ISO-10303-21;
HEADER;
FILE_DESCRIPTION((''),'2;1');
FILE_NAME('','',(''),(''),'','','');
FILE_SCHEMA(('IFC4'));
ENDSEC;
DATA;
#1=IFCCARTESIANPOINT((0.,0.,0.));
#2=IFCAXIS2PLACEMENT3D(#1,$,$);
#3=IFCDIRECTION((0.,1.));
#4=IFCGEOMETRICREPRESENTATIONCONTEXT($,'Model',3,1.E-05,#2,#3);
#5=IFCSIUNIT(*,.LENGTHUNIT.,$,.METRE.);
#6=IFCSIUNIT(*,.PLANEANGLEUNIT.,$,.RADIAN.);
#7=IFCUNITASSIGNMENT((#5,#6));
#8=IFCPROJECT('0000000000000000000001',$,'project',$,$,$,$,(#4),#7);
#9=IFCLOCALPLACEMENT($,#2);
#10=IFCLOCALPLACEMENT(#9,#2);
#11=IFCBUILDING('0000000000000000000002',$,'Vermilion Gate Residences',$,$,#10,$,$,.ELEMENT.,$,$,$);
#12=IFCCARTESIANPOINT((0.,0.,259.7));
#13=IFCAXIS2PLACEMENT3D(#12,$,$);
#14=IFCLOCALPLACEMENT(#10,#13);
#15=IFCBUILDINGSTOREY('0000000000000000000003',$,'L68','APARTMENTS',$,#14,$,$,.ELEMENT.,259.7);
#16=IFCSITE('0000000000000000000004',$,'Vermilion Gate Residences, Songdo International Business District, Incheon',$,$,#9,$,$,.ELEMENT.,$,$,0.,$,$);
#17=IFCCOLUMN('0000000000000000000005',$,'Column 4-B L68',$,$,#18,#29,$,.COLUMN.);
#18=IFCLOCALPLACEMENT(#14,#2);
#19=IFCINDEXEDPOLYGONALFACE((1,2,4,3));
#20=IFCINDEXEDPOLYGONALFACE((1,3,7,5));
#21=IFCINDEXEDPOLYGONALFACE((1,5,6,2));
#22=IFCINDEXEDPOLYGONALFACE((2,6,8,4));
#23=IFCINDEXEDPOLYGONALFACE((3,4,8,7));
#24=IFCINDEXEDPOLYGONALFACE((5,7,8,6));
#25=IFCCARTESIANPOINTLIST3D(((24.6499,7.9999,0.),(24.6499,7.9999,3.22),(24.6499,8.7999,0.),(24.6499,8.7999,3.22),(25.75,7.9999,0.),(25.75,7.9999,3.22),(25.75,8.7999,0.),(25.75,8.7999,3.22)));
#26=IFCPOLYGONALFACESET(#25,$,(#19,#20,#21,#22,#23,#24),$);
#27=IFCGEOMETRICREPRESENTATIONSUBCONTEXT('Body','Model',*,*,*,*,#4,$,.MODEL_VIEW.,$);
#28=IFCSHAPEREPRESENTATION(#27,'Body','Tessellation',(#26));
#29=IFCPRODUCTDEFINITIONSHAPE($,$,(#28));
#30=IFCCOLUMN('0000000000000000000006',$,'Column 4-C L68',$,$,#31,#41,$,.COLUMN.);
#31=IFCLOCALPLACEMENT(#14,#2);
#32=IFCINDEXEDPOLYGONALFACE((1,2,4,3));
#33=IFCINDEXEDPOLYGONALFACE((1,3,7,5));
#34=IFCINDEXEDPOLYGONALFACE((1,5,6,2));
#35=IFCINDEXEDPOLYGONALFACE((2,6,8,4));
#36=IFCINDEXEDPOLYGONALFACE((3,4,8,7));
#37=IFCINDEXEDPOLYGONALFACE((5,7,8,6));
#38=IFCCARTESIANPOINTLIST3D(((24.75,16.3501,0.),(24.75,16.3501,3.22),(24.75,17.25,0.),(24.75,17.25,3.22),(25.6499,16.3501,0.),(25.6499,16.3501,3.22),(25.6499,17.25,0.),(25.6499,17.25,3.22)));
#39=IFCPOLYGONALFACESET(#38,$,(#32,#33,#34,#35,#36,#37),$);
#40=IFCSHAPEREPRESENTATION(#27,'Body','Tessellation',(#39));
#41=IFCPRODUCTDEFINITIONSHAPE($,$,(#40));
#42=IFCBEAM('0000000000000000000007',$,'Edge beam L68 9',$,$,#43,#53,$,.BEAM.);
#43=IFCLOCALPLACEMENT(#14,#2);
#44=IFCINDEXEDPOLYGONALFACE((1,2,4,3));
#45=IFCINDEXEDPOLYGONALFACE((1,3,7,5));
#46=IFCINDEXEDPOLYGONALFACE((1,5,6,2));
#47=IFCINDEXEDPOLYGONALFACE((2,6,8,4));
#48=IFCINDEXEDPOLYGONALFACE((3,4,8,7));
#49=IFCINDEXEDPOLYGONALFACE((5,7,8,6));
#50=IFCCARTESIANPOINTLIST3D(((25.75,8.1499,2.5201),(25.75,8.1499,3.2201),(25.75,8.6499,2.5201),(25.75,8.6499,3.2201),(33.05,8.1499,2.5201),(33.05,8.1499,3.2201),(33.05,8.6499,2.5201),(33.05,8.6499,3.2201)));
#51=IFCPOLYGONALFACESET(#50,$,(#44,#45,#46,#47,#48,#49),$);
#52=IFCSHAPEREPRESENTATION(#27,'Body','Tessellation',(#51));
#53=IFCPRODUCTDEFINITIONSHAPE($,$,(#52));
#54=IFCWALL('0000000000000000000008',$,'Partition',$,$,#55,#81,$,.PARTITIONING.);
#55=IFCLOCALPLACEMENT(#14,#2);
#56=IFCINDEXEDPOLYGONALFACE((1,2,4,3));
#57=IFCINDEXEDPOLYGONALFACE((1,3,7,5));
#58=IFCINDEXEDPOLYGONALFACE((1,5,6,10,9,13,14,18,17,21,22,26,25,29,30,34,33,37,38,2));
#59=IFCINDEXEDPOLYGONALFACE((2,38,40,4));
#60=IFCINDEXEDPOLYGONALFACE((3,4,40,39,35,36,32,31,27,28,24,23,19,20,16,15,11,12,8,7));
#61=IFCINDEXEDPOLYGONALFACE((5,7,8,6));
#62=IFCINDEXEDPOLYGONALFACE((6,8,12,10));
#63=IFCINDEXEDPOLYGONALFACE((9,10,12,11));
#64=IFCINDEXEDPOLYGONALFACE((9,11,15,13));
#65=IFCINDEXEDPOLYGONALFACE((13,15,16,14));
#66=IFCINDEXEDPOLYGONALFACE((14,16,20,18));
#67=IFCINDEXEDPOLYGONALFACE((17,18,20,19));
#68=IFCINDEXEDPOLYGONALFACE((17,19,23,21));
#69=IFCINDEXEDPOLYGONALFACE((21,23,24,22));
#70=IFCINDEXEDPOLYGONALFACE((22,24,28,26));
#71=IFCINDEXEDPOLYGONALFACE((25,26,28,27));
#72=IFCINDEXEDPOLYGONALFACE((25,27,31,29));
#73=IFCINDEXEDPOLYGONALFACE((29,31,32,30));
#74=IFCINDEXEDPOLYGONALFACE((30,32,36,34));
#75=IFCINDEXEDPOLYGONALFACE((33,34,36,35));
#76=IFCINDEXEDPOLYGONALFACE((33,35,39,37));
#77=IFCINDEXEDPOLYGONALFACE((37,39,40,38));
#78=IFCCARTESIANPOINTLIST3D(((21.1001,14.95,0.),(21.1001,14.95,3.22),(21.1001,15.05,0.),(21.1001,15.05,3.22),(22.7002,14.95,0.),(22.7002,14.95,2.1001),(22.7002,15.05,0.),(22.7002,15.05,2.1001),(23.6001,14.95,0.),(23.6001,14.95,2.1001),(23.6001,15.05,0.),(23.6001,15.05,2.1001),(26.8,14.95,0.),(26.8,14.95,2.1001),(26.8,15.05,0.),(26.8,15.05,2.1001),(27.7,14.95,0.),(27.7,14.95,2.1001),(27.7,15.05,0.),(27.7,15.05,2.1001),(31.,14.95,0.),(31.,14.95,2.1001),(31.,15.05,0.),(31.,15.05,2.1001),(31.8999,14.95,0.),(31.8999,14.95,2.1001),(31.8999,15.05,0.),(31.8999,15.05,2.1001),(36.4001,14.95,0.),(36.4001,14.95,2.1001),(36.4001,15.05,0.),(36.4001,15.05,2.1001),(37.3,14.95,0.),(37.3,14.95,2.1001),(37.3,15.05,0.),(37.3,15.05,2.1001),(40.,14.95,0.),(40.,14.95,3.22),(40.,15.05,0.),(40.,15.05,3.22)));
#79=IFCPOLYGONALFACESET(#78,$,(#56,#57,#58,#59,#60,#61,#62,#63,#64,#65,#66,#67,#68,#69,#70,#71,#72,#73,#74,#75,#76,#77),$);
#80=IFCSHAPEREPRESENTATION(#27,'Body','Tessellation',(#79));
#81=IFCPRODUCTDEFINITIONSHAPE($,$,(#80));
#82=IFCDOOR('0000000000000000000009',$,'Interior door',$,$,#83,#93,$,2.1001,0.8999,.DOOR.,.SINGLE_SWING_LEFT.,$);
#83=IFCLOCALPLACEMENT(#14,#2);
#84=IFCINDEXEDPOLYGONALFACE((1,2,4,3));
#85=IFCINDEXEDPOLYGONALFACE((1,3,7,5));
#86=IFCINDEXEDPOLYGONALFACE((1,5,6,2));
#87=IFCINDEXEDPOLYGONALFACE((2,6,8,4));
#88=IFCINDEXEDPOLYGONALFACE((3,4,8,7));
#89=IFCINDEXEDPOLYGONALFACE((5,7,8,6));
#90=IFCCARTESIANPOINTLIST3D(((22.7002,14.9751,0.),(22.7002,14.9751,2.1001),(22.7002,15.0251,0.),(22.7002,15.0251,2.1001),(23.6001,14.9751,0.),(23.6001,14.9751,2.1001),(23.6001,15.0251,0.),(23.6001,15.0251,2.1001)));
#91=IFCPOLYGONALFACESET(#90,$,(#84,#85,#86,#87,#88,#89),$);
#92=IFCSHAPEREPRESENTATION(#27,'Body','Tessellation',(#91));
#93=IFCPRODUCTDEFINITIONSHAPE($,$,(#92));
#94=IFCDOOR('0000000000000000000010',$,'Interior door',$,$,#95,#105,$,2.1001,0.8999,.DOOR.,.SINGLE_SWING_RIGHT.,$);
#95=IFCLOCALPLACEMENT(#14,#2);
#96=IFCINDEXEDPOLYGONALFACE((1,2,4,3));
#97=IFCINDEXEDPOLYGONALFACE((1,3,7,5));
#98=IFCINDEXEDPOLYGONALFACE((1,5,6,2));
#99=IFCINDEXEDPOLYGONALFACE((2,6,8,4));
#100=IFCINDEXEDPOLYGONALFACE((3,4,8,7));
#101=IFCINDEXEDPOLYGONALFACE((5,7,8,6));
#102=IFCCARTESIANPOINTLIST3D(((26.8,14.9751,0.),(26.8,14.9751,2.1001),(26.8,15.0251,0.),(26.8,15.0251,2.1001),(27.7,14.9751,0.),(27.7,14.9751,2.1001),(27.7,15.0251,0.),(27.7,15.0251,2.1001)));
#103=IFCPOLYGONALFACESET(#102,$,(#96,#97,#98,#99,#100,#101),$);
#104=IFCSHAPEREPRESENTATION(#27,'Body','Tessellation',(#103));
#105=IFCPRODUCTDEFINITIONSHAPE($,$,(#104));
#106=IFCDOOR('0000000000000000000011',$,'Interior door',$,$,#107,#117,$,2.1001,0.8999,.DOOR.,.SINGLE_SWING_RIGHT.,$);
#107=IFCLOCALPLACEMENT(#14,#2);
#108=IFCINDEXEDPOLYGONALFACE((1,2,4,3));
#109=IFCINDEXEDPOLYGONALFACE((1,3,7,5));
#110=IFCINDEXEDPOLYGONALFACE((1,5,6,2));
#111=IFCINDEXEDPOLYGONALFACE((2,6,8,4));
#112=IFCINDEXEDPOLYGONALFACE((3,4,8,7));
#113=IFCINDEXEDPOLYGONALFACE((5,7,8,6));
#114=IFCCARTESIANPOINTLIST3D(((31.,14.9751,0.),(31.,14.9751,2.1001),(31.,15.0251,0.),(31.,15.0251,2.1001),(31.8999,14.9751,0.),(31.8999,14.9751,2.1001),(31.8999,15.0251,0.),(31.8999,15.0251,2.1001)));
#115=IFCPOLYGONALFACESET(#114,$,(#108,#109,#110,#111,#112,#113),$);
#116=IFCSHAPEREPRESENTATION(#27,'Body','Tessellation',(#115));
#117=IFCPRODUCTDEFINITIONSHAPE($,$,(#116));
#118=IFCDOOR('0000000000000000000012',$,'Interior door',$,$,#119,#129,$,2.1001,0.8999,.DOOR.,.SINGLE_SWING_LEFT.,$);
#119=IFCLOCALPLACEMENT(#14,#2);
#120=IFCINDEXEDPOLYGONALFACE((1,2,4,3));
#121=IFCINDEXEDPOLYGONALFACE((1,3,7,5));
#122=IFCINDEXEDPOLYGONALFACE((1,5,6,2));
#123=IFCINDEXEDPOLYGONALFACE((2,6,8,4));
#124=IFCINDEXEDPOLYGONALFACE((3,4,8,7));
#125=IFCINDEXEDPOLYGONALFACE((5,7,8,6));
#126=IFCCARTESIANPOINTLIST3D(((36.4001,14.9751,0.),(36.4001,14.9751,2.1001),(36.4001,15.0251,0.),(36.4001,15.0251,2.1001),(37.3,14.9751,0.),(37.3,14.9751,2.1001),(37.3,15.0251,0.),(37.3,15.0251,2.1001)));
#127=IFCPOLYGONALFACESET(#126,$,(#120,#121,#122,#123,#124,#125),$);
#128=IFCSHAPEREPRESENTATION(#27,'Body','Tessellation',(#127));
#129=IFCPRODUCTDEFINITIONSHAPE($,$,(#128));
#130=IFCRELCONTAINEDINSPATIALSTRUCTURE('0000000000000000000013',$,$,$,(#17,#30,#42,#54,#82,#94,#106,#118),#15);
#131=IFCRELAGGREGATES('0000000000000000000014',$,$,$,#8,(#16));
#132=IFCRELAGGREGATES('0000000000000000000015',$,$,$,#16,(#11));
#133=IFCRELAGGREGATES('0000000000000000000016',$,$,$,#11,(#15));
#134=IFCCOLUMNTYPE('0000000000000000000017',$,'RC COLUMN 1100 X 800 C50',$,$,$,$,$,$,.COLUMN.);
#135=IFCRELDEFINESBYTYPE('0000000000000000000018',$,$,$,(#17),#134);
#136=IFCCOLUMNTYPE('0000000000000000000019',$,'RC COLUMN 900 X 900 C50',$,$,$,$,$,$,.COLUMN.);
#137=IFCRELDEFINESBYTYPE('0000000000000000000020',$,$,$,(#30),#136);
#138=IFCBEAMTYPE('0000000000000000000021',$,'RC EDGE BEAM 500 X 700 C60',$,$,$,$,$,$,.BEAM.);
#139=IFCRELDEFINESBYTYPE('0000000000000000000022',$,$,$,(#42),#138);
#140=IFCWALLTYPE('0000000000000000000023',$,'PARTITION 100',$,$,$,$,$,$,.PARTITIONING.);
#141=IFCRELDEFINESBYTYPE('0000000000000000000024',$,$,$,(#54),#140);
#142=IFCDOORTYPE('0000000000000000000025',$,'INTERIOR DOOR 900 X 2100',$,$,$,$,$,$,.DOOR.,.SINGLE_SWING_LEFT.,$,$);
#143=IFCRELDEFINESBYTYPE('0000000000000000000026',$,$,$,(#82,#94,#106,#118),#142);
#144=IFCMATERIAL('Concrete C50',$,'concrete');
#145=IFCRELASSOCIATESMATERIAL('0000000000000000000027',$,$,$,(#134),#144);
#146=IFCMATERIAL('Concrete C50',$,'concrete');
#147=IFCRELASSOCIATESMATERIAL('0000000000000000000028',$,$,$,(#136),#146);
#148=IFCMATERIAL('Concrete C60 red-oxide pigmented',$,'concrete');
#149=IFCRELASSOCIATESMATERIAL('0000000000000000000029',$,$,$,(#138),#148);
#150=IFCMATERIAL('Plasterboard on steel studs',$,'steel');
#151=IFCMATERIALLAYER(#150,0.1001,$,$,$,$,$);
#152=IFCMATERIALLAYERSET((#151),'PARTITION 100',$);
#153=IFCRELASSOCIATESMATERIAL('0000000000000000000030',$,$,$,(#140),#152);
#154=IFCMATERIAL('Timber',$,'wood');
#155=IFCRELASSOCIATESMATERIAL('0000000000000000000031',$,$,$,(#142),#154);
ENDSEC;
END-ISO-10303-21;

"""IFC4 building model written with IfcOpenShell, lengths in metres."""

from ifc_helpers import new_model, si_unit, direction, frame, frame_2d, origin, origin_2d, place, context, subcontext, project, spatial, rectangle, extrude, material, layer, layer_set, material_profile, profile_set, type_object, element, fill, save


model = new_model("IFC4")

# Units and contexts
model_context = context("Model", 3, precision=1e-05, world=origin(), true_north=direction((0.0, 1.0)))
body_context = subcontext(model_context, "Body", "Model", "MODEL_VIEW")
ifc_project = project(units=[si_unit("LENGTHUNIT", "METRE"), si_unit("PLANEANGLEUNIT", "RADIAN")], contexts=[model_context])

# Site, building, storey
site_placement = place(None, origin())
site = spatial("IfcSite", under=ifc_project, at=site_placement, Name="Vermilion Gate Residences, Songdo International Business District, Incheon", CompositionType="ELEMENT", RefElevation=0.0)
building_placement = place(site_placement, origin())
building = spatial("IfcBuilding", under=site, at=building_placement, Name="Vermilion Gate Residences", CompositionType="ELEMENT")
storey_placement = place(building_placement, frame((0.0, 0.0, 259.7)))
storey = spatial("IfcBuildingStorey", under=building, at=storey_placement, Name="L68", Description="APARTMENTS", CompositionType="ELEMENT", Elevation=259.7)

# Columns
ifc_material_1 = material(Name="Concrete C50", Category="concrete")
ifc_material_profile_1 = material_profile(ifc_material_1, rectangle(XDim=1.1001, YDim=0.8, at=origin_2d()), Name="RC-1100x800")
ifc_profile_set_1 = profile_set([ifc_material_profile_1], Name="Concrete C50")
column_type_1 = type_object("IfcColumnType", Name="RC COLUMN 1100 X 800 C50", PredefinedType="COLUMN", material=ifc_profile_set_1)
column_1_placement = place(storey_placement, frame((25.2, 8.3999, 0.0), z_axis=(0.0, 0.0, 1.0), x_axis=(1.0, 0.0, 0.0)))
element("IfcColumn", 1, at=column_1_placement, inside=storey, type_object=column_type_1, Name="Column 4-B L68", PredefinedType="COLUMN", context=body_context, shape_type="SweptSolid", body=[
    extrude(rectangle(XDim=1.1001, YDim=0.8, at=origin_2d()), origin(), (0.0, 0.0, 1.0), 3.22),
])
ifc_material_2 = material(Name="Concrete C50", Category="concrete")
ifc_material_profile_2 = material_profile(ifc_material_2, rectangle(XDim=0.8999, YDim=0.8999, at=origin_2d()), Name="RC-900x900")
ifc_profile_set_2 = profile_set([ifc_material_profile_2], Name="Concrete C50")
column_type_2 = type_object("IfcColumnType", Name="RC COLUMN 900 X 900 C50", PredefinedType="COLUMN", material=ifc_profile_set_2)
column_2_placement = place(storey_placement, frame((25.2, 16.8, 0.0), z_axis=(0.0, 0.0, 1.0), x_axis=(1.0, 0.0, 0.0)))
element("IfcColumn", 2, at=column_2_placement, inside=storey, type_object=column_type_2, Name="Column 4-C L68", PredefinedType="COLUMN", context=body_context, shape_type="SweptSolid", body=[
    extrude(rectangle(XDim=0.8999, YDim=0.8999, at=origin_2d()), origin(), (0.0, 0.0, 1.0), 3.22),
])

# Beam
ifc_material_3 = material(Name="Concrete C60 red-oxide pigmented", Category="concrete")
ifc_material_profile_3 = material_profile(ifc_material_3, rectangle(XDim=0.5, YDim=0.7, at=origin_2d()), Name="RC-500x700")
ifc_profile_set_3 = profile_set([ifc_material_profile_3], Name="Concrete C60 red-oxide pigmented")
beam_type = type_object("IfcBeamType", Name="RC EDGE BEAM 500 X 700 C60", PredefinedType="BEAM", material=ifc_profile_set_3)
beam_placement = place(storey_placement, frame((25.75, 8.3999, 2.8701), z_axis=(1.0, 0.0, 0.0), x_axis=(0.0, 1.0, 0.0)))
element("IfcBeam", 3, at=beam_placement, inside=storey, type_object=beam_type, Name="Edge beam L68 9", PredefinedType="BEAM", context=body_context, shape_type="SweptSolid", body=[
    extrude(rectangle(XDim=0.5, YDim=0.7, at=origin_2d()), origin(), (0.0, 0.0, 1.0), 7.3),
])

# Wall, openings, doors
ifc_material_4 = material(Name="Plasterboard on steel studs", Category="steel")
ifc_layer_1 = layer(ifc_material_4, 0.1001)
ifc_layer_set_1 = layer_set([ifc_layer_1], Name="PARTITION 100")
wall_type_1 = type_object("IfcWallType", Name="PARTITION 100", PredefinedType="PARTITIONING", material=ifc_layer_set_1)
wall_1_placement = place(storey_placement, frame((21.1001, 15.0, 0.0), z_axis=(0.0, 0.0, 1.0), x_axis=(1.0, 0.0, 0.0)))
wall_1 = element("IfcWall", 4, at=wall_1_placement, inside=storey, type_object=wall_type_1, Name="Partition", PredefinedType="PARTITIONING", context=body_context, shape_type="SweptSolid", body=[
    extrude(rectangle(XDim=18.8999, YDim=0.1001, at=frame_2d((9.45, 0.0))), origin(), (0.0, 0.0, 1.0), 3.22),
])
opening_1_placement = place(wall_1_placement, frame((1.6001, 0.0, 0.0)))
opening_1 = element("IfcOpeningElement", 5, at=opening_1_placement, cuts=wall_1, PredefinedType="OPENING", context=body_context, shape_type="SweptSolid", body=[
    extrude(rectangle(XDim=0.8999, YDim=2.1001, at=frame_2d((0.45, 1.05))), frame((0.0, 0.0601, 0.0), z_axis=(0.0, -1.0, 0.0), x_axis=(1.0, 0.0, 0.0)), (0.0, 0.0, 1.0), 0.1201),
])
opening_2_placement = place(wall_1_placement, frame((5.7, 0.0, 0.0)))
opening_2 = element("IfcOpeningElement", 6, at=opening_2_placement, cuts=wall_1, PredefinedType="OPENING", context=body_context, shape_type="SweptSolid", body=[
    extrude(rectangle(XDim=0.8999, YDim=2.1001, at=frame_2d((0.45, 1.05))), frame((0.0, 0.0601, 0.0), z_axis=(0.0, -1.0, 0.0), x_axis=(1.0, 0.0, 0.0)), (0.0, 0.0, 1.0), 0.1201),
])
opening_3_placement = place(wall_1_placement, frame((9.8999, 0.0, 0.0)))
opening_3 = element("IfcOpeningElement", 7, at=opening_3_placement, cuts=wall_1, PredefinedType="OPENING", context=body_context, shape_type="SweptSolid", body=[
    extrude(rectangle(XDim=0.8999, YDim=2.1001, at=frame_2d((0.45, 1.05))), frame((0.0, 0.0601, 0.0), z_axis=(0.0, -1.0, 0.0), x_axis=(1.0, 0.0, 0.0)), (0.0, 0.0, 1.0), 0.1201),
])
opening_4_placement = place(wall_1_placement, frame((15.3, 0.0, 0.0)))
opening_4 = element("IfcOpeningElement", 8, at=opening_4_placement, cuts=wall_1, PredefinedType="OPENING", context=body_context, shape_type="SweptSolid", body=[
    extrude(rectangle(XDim=0.8999, YDim=2.1001, at=frame_2d((0.45, 1.05))), frame((0.0, 0.0601, 0.0), z_axis=(0.0, -1.0, 0.0), x_axis=(1.0, 0.0, 0.0)), (0.0, 0.0, 1.0), 0.1201),
])
ifc_material_5 = material(Name="Timber", Category="wood")
door_type_1 = type_object("IfcDoorType", Name="INTERIOR DOOR 900 X 2100", OperationType="SINGLE_SWING_LEFT", PredefinedType="DOOR", material=ifc_material_5)
door_1_placement = place(opening_1_placement, frame((0.8999, 0.0, 0.0), z_axis=(0.0, 0.0, 1.0), x_axis=(-1.0, 0.0, 0.0)))
door_1 = element("IfcDoor", 9, at=door_1_placement, inside=storey, type_object=door_type_1, Name="Interior door", OperationType="SINGLE_SWING_LEFT", OverallHeight=2.1001, OverallWidth=0.8999, PredefinedType="DOOR", context=body_context, shape_type="SweptSolid", body=[
    extrude(rectangle(XDim=0.8999, YDim=2.1001, at=frame_2d((0.45, 1.05))), frame((0.0, 0.0249, 0.0), z_axis=(0.0, -1.0, 0.0), x_axis=(1.0, 0.0, 0.0)), (0.0, 0.0, 1.0), 0.05),
])
fill(opening_1, door_1)
door_2_placement = place(opening_2_placement, frame((0.8999, 0.0, 0.0), z_axis=(0.0, 0.0, 1.0), x_axis=(-1.0, 0.0, 0.0)))
door_2 = element("IfcDoor", 10, at=door_2_placement, inside=storey, type_object=door_type_1, Name="Interior door", OperationType="SINGLE_SWING_RIGHT", OverallHeight=2.1001, OverallWidth=0.8999, PredefinedType="DOOR", context=body_context, shape_type="SweptSolid", body=[
    extrude(rectangle(XDim=0.8999, YDim=2.1001, at=frame_2d((0.45, 1.05))), frame((0.0, 0.0249, 0.0), z_axis=(0.0, -1.0, 0.0), x_axis=(1.0, 0.0, 0.0)), (0.0, 0.0, 1.0), 0.05),
])
fill(opening_2, door_2)
door_3_placement = place(opening_3_placement, frame((0.8999, 0.0, 0.0), z_axis=(0.0, 0.0, 1.0), x_axis=(-1.0, 0.0, 0.0)))
door_3 = element("IfcDoor", 11, at=door_3_placement, inside=storey, type_object=door_type_1, Name="Interior door", OperationType="SINGLE_SWING_RIGHT", OverallHeight=2.1001, OverallWidth=0.8999, PredefinedType="DOOR", context=body_context, shape_type="SweptSolid", body=[
    extrude(rectangle(XDim=0.8999, YDim=2.1001, at=frame_2d((0.45, 1.05))), frame((0.0, 0.0249, 0.0), z_axis=(0.0, -1.0, 0.0), x_axis=(1.0, 0.0, 0.0)), (0.0, 0.0, 1.0), 0.05),
])
fill(opening_3, door_3)
door_4_placement = place(opening_4_placement, frame((0.8999, 0.0, 0.0), z_axis=(0.0, 0.0, 1.0), x_axis=(-1.0, 0.0, 0.0)))
door_4 = element("IfcDoor", 12, at=door_4_placement, inside=storey, type_object=door_type_1, Name="Interior door", OperationType="SINGLE_SWING_LEFT", OverallHeight=2.1001, OverallWidth=0.8999, PredefinedType="DOOR", context=body_context, shape_type="SweptSolid", body=[
    extrude(rectangle(XDim=0.8999, YDim=2.1001, at=frame_2d((0.45, 1.05))), frame((0.0, 0.0249, 0.0), z_axis=(0.0, -1.0, 0.0), x_axis=(1.0, 0.0, 0.0)), (0.0, 0.0, 1.0), 0.05),
])
fill(opening_4, door_4)

save(model, "model.ifc")
